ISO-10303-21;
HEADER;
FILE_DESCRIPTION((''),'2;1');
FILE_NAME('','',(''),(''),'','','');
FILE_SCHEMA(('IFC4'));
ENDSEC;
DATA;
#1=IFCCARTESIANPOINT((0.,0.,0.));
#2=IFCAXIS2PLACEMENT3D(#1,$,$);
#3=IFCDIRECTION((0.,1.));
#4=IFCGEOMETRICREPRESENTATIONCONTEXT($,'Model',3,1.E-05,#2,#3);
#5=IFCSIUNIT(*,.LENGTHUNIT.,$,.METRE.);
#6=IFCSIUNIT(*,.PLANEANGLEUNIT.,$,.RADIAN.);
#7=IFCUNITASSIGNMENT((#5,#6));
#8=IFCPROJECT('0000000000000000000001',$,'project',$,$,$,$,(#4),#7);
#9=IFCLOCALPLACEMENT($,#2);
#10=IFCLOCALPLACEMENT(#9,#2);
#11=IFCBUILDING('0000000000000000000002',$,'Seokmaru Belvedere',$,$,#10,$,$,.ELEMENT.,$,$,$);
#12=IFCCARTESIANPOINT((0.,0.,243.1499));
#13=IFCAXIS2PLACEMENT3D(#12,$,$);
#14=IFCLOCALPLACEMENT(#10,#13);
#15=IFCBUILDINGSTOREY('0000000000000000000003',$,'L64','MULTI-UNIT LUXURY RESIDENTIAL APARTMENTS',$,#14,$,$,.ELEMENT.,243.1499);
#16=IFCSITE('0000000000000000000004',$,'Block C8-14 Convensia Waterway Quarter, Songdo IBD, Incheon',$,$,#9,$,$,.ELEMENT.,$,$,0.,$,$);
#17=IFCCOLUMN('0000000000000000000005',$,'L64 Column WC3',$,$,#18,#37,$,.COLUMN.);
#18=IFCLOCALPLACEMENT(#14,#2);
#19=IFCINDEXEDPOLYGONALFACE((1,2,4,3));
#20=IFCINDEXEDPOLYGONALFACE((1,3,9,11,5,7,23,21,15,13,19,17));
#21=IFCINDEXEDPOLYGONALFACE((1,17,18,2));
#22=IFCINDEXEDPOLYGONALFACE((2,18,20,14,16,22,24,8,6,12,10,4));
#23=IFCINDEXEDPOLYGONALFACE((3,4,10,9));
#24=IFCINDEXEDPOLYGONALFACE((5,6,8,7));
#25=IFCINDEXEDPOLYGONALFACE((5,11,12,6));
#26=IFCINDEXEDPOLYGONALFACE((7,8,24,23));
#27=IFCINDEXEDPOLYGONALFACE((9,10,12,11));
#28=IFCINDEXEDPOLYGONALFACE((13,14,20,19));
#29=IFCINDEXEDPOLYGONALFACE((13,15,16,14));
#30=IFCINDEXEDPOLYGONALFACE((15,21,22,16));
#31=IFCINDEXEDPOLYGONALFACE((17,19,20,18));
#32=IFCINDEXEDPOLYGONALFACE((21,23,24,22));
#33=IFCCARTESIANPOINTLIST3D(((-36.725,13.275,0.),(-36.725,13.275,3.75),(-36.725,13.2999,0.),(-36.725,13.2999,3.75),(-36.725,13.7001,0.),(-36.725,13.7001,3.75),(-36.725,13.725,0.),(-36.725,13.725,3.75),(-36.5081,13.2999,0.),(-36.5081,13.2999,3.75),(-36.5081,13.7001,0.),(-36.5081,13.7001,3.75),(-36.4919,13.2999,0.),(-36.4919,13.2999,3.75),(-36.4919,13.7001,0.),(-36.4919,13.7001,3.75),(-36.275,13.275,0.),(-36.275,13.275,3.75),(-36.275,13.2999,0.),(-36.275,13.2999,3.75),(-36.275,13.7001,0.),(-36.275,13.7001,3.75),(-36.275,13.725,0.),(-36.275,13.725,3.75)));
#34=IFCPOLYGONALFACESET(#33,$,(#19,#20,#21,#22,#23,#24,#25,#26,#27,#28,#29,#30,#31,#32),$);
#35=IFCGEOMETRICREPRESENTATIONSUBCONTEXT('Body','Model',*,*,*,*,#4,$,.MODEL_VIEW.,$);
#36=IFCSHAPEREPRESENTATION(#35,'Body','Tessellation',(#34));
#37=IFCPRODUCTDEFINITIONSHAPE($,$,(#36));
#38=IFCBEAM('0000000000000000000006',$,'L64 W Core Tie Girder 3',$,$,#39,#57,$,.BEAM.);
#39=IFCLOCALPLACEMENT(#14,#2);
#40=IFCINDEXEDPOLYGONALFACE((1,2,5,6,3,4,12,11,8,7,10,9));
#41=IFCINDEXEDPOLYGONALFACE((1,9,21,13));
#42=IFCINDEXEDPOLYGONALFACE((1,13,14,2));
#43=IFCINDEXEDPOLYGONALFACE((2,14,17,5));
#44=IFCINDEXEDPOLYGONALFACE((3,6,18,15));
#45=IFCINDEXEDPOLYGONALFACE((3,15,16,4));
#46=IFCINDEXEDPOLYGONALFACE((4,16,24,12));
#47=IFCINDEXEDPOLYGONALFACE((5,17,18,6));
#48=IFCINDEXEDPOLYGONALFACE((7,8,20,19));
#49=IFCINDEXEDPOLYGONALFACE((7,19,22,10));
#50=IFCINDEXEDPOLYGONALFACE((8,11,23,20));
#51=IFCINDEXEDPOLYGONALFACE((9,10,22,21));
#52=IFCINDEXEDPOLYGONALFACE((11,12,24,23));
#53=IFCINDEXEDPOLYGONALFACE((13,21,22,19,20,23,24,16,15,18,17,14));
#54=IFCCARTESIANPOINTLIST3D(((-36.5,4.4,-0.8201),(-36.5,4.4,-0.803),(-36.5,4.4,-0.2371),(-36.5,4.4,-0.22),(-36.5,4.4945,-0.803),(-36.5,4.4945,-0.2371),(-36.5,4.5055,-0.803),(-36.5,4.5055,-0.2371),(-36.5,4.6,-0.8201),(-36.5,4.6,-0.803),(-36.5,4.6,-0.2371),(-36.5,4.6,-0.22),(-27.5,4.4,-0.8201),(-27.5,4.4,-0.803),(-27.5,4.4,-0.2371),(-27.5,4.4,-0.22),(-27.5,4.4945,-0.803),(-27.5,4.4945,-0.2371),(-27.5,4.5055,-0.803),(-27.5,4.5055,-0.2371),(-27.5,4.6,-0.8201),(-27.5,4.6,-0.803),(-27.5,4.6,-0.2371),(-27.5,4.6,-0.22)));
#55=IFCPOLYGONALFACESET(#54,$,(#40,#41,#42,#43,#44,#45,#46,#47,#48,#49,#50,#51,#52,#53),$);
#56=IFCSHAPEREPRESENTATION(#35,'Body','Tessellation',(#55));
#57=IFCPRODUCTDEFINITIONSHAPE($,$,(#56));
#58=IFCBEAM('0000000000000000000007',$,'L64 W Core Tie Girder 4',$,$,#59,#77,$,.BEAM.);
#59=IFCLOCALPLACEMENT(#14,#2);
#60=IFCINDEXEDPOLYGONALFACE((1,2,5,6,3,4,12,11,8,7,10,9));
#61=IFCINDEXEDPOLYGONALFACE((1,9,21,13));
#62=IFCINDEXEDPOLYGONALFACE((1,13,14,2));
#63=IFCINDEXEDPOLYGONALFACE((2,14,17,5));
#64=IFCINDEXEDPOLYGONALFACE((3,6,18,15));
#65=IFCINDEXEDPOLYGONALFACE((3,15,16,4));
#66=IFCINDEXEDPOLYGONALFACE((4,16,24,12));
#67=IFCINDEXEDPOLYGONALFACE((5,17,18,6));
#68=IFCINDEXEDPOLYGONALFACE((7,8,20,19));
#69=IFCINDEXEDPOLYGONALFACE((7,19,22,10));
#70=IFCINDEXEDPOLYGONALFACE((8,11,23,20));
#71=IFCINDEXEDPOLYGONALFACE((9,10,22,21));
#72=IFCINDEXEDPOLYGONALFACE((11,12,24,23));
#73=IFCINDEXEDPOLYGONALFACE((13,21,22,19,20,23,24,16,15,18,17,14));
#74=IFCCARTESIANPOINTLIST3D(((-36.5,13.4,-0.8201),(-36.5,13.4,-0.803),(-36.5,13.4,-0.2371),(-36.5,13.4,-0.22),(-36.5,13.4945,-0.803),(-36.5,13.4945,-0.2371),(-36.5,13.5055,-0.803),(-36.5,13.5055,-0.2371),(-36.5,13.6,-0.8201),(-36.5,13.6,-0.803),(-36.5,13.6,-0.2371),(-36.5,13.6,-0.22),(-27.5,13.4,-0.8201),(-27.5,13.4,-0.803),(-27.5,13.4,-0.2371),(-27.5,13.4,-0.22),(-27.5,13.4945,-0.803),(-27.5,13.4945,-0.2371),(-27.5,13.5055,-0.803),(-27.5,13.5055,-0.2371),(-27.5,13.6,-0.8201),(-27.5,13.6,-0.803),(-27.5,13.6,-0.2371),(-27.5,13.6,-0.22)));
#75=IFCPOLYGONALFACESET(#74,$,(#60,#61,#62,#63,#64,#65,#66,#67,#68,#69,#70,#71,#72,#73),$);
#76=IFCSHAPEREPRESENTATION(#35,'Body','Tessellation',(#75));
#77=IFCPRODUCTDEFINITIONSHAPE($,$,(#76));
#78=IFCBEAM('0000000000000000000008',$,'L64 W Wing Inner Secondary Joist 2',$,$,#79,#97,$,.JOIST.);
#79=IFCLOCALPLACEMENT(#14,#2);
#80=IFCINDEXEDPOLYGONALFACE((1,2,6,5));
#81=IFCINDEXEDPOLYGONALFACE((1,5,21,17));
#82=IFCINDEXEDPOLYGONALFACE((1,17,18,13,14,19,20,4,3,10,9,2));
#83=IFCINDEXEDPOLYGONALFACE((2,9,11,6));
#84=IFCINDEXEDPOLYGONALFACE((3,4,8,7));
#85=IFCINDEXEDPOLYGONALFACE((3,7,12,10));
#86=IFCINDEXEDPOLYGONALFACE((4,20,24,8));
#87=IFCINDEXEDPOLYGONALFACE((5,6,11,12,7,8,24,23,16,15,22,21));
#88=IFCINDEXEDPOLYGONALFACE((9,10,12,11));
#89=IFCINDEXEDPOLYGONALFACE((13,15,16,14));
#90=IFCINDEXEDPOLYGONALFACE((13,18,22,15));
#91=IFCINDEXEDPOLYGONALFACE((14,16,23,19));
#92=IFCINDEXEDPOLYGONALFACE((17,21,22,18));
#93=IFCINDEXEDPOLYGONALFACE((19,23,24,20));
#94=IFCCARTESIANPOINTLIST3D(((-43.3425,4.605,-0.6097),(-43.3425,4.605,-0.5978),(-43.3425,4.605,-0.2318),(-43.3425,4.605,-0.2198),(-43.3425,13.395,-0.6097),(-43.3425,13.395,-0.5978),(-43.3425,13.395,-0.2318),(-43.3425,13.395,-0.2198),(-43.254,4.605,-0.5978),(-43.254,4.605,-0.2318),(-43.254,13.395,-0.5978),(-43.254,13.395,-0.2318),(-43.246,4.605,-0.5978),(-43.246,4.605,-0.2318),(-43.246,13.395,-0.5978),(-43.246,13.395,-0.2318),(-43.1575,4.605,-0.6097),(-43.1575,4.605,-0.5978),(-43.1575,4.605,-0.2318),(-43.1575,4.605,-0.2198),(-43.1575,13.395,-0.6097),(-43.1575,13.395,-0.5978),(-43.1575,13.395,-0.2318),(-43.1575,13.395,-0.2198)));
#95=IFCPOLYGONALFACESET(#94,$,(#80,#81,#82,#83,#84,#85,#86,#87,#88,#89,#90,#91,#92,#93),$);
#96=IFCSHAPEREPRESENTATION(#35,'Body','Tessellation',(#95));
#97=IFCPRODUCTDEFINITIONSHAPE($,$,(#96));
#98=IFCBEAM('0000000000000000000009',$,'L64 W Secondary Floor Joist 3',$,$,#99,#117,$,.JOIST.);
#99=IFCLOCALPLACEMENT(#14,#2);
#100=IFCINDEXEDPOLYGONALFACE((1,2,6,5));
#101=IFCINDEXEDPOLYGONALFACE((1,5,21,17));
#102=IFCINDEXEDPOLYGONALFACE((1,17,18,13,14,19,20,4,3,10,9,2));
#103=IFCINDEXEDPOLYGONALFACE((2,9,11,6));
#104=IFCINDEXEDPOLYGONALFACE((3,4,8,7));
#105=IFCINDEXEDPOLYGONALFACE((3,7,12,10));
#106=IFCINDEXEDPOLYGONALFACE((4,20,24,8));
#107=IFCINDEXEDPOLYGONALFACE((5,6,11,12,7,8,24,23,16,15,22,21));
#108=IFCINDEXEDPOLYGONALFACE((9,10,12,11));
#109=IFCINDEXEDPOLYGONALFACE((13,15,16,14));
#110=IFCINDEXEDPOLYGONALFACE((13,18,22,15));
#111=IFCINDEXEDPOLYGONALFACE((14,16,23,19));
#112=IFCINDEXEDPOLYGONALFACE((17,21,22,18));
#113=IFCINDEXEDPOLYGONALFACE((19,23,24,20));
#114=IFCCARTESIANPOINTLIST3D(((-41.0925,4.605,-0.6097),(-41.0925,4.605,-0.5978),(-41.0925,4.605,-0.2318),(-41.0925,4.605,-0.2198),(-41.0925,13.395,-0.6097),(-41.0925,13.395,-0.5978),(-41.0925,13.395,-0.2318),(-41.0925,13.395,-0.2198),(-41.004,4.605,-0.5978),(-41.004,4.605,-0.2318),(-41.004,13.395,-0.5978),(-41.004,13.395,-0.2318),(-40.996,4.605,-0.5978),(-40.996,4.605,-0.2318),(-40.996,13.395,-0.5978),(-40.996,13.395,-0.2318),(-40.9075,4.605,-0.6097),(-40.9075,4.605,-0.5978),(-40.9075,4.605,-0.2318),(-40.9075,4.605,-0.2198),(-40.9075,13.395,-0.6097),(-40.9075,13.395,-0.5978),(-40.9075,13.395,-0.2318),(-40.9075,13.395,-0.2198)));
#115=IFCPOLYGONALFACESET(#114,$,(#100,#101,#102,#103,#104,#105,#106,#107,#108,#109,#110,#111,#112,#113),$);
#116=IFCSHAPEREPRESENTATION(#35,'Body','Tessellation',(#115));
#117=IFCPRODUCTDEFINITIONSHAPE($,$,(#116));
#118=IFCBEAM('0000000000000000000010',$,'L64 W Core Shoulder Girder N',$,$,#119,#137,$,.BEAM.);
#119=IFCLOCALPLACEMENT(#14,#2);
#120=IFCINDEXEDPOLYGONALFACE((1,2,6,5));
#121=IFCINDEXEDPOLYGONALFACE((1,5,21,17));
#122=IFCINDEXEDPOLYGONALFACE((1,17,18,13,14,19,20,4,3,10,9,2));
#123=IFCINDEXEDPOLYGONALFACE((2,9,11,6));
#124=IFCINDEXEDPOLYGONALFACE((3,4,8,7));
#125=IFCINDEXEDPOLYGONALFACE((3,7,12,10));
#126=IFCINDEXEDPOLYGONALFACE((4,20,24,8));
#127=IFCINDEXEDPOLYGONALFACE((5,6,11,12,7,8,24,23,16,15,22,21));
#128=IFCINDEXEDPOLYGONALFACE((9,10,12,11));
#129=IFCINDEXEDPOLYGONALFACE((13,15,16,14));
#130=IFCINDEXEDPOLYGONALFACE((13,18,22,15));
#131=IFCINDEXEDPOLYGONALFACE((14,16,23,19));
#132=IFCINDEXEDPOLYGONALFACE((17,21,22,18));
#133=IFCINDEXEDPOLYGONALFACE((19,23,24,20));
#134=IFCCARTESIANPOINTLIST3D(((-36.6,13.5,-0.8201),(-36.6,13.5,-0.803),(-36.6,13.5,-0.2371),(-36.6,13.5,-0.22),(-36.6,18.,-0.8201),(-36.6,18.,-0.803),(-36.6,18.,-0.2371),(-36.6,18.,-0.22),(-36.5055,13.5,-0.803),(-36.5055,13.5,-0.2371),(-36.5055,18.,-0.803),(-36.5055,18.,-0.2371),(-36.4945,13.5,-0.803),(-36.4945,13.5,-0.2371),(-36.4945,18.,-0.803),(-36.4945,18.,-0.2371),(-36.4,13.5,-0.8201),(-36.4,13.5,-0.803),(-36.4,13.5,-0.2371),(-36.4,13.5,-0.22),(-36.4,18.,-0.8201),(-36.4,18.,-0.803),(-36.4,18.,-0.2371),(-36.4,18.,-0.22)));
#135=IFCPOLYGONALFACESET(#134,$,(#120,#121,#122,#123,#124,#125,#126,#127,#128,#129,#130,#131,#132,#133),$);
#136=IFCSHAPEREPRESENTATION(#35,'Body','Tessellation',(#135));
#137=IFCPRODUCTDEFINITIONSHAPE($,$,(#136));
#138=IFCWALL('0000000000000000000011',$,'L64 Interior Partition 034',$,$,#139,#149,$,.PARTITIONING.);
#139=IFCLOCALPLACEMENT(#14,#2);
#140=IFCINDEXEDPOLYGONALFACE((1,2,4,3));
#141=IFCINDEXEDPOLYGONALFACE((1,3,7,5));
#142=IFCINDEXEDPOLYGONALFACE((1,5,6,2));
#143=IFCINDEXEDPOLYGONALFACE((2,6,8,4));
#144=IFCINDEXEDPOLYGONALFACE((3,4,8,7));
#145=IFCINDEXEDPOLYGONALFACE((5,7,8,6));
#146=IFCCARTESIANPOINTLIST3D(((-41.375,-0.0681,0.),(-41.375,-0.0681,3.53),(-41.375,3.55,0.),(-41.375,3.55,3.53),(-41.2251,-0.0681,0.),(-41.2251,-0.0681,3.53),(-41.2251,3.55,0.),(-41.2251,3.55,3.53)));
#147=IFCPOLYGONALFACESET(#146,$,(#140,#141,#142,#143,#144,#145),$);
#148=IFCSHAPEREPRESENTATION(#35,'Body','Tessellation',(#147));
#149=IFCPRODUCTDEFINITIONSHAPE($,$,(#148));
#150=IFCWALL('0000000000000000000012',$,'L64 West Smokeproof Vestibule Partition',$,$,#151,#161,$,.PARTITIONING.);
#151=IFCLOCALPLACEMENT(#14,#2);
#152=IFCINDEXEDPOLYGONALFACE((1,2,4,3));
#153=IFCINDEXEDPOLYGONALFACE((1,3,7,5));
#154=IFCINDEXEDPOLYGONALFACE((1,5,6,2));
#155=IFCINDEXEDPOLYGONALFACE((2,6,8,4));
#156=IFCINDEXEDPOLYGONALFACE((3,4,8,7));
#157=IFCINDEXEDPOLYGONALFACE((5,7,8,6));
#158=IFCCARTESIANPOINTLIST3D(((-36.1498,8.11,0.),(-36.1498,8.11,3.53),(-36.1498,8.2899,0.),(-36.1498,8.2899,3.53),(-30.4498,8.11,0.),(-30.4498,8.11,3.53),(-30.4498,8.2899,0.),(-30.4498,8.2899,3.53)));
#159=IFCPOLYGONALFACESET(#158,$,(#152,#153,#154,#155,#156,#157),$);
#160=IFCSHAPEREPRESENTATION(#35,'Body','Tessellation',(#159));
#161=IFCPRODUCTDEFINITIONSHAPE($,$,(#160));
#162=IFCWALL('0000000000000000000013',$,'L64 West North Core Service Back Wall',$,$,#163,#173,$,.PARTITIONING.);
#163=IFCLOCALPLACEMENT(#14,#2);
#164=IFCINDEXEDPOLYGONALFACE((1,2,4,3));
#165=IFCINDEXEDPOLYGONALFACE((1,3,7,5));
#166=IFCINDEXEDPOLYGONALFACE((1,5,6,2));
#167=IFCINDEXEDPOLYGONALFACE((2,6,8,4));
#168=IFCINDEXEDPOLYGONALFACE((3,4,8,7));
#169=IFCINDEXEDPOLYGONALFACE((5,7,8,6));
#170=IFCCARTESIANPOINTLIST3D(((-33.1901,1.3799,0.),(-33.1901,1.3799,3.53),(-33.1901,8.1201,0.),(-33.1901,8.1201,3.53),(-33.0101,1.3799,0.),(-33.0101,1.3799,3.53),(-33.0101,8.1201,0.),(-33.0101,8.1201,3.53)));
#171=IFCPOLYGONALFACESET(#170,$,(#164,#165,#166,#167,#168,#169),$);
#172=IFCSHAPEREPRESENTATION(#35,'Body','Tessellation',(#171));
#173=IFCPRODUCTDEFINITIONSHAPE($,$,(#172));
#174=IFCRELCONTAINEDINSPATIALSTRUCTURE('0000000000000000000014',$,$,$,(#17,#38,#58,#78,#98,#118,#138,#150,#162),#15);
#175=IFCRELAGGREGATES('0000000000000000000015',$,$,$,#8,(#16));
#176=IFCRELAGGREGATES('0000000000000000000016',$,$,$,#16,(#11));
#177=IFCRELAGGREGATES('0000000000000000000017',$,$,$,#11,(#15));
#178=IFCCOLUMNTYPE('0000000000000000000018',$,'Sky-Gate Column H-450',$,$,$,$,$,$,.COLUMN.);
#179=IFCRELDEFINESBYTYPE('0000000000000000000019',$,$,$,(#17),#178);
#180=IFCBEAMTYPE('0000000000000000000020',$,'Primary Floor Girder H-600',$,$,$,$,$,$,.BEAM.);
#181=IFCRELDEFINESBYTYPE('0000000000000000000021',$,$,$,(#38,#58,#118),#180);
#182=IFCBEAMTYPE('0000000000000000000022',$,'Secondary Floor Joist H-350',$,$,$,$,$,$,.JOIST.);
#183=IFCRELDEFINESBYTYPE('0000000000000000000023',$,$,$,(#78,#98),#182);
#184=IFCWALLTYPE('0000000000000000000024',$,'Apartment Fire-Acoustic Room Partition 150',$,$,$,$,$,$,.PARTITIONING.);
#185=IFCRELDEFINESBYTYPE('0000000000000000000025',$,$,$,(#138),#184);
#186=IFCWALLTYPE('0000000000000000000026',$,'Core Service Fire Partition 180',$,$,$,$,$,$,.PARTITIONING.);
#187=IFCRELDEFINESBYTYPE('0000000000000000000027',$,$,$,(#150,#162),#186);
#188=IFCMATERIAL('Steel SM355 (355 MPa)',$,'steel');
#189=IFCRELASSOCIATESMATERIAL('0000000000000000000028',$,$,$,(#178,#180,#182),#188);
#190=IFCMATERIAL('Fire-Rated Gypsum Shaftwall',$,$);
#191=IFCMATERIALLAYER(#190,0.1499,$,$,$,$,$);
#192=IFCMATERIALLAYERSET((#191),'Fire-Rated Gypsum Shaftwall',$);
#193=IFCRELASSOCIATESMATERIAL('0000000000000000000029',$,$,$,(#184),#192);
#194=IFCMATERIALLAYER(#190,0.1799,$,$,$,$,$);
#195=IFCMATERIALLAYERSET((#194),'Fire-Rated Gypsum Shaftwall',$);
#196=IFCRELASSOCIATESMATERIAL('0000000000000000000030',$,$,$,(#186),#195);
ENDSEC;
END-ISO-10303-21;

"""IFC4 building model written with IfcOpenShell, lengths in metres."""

from ifc_helpers import new_model, si_unit, direction, frame, frame_2d, origin, origin_2d, place, context, subcontext, project, spatial, rectangle, i_section, extrude, source, transform, mapped, material, layer, layer_set, material_profile, profile_set, type_object, type_shapes, element, save


model = new_model("IFC4")

# Units and contexts
model_context = context("Model", 3, precision=1e-05, world=origin(), true_north=direction((0.0, 1.0)))
body_context = subcontext(model_context, "Body", "Model", "MODEL_VIEW")
ifc_project = project(units=[si_unit("LENGTHUNIT", "METRE"), si_unit("PLANEANGLEUNIT", "RADIAN")], contexts=[model_context])

# Site, building, storey
site_placement = place(None, origin())
site = spatial("IfcSite", under=ifc_project, at=site_placement, Name="Block C8-14 Convensia Waterway Quarter, Songdo IBD, Incheon", CompositionType="ELEMENT", RefElevation=0.0)
building_placement = place(site_placement, origin())
building = spatial("IfcBuilding", under=site, at=building_placement, Name="Seokmaru Belvedere", CompositionType="ELEMENT")
storey_placement = place(building_placement, frame((0.0, 0.0, 243.1499)))
storey = spatial("IfcBuildingStorey", under=building, at=storey_placement, Name="L64", Description="MULTI-UNIT LUXURY RESIDENTIAL APARTMENTS", CompositionType="ELEMENT", Elevation=243.1499)

# Column
ifc_material_1 = material(Name="Steel SM355 (355 MPa)", Category="steel")
ifc_material_profile_1 = material_profile(ifc_material_1, i_section(OverallWidth=0.45, OverallDepth=0.45, WebThickness=0.0161, FlangeThickness=0.0249, at=origin_2d()), Name="H-450x450x16x25")
ifc_profile_set_1 = profile_set([ifc_material_profile_1], Name="Steel SM355 (355 MPa)")
column_type = type_object("IfcColumnType", Name="Sky-Gate Column H-450", PredefinedType="COLUMN", material=ifc_profile_set_1)
shared_shape_1 = source(origin(), body_context, "Body", "SweptSolid", [
    extrude(i_section(OverallWidth=0.45, OverallDepth=0.45, WebThickness=0.0161, FlangeThickness=0.0249, at=origin_2d()), origin(), (0.0, 0.0, 1.0), 3.75),
])
type_shapes(column_type, [shared_shape_1])
column_placement = place(storey_placement, frame((-36.5, 13.5, 0.0), z_axis=(0.0, 0.0, 1.0), x_axis=(1.0, 0.0, 0.0)))
element("IfcColumn", 1, at=column_placement, inside=storey, type_object=column_type, Name="L64 Column WC3", PredefinedType="COLUMN", context=body_context, shape_type="MappedRepresentation", body=[
    mapped(shared_shape_1, transform((0.0, 0.0, 0.0), scale=1.0)),
])

# Beams
ifc_material_profile_2 = material_profile(ifc_material_1, i_section(OverallWidth=0.2, OverallDepth=0.6001, WebThickness=0.011, FlangeThickness=0.0171, at=origin_2d()), Name="H-600x200x11x17")
ifc_profile_set_2 = profile_set([ifc_material_profile_2], Name="Steel SM355 (355 MPa)")
beam_type_1 = type_object("IfcBeamType", Name="Primary Floor Girder H-600", PredefinedType="BEAM", material=ifc_profile_set_2)
shared_shape_2 = source(origin(), body_context, "Body", "SweptSolid", [
    extrude(i_section(OverallWidth=0.2, OverallDepth=0.6001, WebThickness=0.011, FlangeThickness=0.0171, at=origin_2d()), origin(), (0.0, 0.0, 1.0), 9.0),
])
for number, where, z_axis, x_axis, name in (
    (2, (-36.5, 4.5, -0.52), (1.0, 0.0, 0.0), (0.0, 1.0, 0.0), "L64 W Core Tie Girder 3"),
    (3, (-36.5, 13.5, -0.52), (1.0, 0.0, 0.0), (0.0, 1.0, 0.0), "L64 W Core Tie Girder 4"),
):
    element("IfcBeam", number, at=place(storey_placement, frame(where, z_axis=z_axis, x_axis=x_axis)), inside=storey, type_object=beam_type_1, Name=name, PredefinedType="BEAM", context=body_context, shape_type="MappedRepresentation", body=[
        mapped(shared_shape_2, transform((0.0, 0.0, 0.0), scale=1.0)),
    ])
ifc_material_profile_3 = material_profile(ifc_material_1, i_section(OverallWidth=0.1851, OverallDepth=0.3899, WebThickness=0.0081, FlangeThickness=0.012, at=origin_2d()), Name="H-390x185x8x12")
ifc_profile_set_3 = profile_set([ifc_material_profile_3], Name="Steel SM355 (355 MPa)")
beam_type_2 = type_object("IfcBeamType", Name="Secondary Floor Joist H-350", PredefinedType="JOIST", material=ifc_profile_set_3)
shared_shape_3 = source(origin(), body_context, "Body", "SweptSolid", [
    extrude(i_section(OverallWidth=0.1851, OverallDepth=0.3899, WebThickness=0.0081, FlangeThickness=0.012, at=origin_2d()), origin(), (0.0, 0.0, 1.0), 8.79),
])
type_shapes(beam_type_2, [shared_shape_3])
for number, where, z_axis, x_axis, name in (
    (4, (-43.25, 4.605, -0.4148), (0.0, 1.0, 0.0), (-1.0, 0.0, 0.0), "L64 W Wing Inner Secondary Joist 2"),
    (5, (-41.0, 4.605, -0.4148), (0.0, 1.0, 0.0), (-1.0, 0.0, 0.0), "L64 W Secondary Floor Joist 3"),
):
    element("IfcBeam", number, at=place(storey_placement, frame(where, z_axis=z_axis, x_axis=x_axis)), inside=storey, type_object=beam_type_2, Name=name, PredefinedType="JOIST", context=body_context, shape_type="MappedRepresentation", body=[
        mapped(shared_shape_3, transform((0.0, 0.0, 0.0), scale=1.0)),
    ])
shared_shape_4 = source(origin(), body_context, "Body", "SweptSolid", [
    extrude(i_section(OverallWidth=0.2, OverallDepth=0.6001, WebThickness=0.011, FlangeThickness=0.0171, at=origin_2d()), origin(), (0.0, 0.0, 1.0), 4.5),
])
type_shapes(beam_type_1, [shared_shape_2, shared_shape_4])
beam_placement = place(storey_placement, frame((-36.5, 13.5, -0.52), z_axis=(0.0, 1.0, 0.0), x_axis=(-1.0, 0.0, 0.0)))
element("IfcBeam", 6, at=beam_placement, inside=storey, type_object=beam_type_1, Name="L64 W Core Shoulder Girder N", PredefinedType="BEAM", context=body_context, shape_type="MappedRepresentation", body=[
    mapped(shared_shape_4, transform((0.0, 0.0, 0.0), scale=1.0)),
])

# Shared definitions
ifc_material_2 = material(Name="Fire-Rated Gypsum Shaftwall")
ifc_layer_1 = layer(ifc_material_2, 0.1499)
ifc_layer_set_1 = layer_set([ifc_layer_1], Name="Fire-Rated Gypsum Shaftwall")
wall_type_1 = type_object("IfcWallType", Name="Apartment Fire-Acoustic Room Partition 150", PredefinedType="PARTITIONING", material=ifc_layer_set_1)

# Walls
wall_1_placement = place(storey_placement, frame((-41.3, -0.0681, 0.0), z_axis=(0.0, 0.0, 1.0), x_axis=(0.0, 1.0, 0.0)))
element("IfcWall", 7, at=wall_1_placement, inside=storey, type_object=wall_type_1, Name="L64 Interior Partition 034", PredefinedType="PARTITIONING", context=body_context, shape_type="SweptSolid", body=[
    extrude(rectangle(XDim=3.6182, YDim=0.1499, at=frame_2d((1.8091, 0.0))), origin(), (0.0, 0.0, 1.0), 3.53),
])
ifc_layer_2 = layer(ifc_material_2, 0.1799)
ifc_layer_set_2 = layer_set([ifc_layer_2], Name="Fire-Rated Gypsum Shaftwall")
wall_type_2 = type_object("IfcWallType", Name="Core Service Fire Partition 180", PredefinedType="PARTITIONING", material=ifc_layer_set_2)
wall_2_placement = place(storey_placement, frame((-36.1499, 8.2, 0.0), z_axis=(0.0, 0.0, 1.0), x_axis=(1.0, 0.0, 0.0)))
element("IfcWall", 8, at=wall_2_placement, inside=storey, type_object=wall_type_2, Name="L64 West Smokeproof Vestibule Partition", PredefinedType="PARTITIONING", context=body_context, shape_type="SweptSolid", body=[
    extrude(rectangle(XDim=5.7, YDim=0.1799, at=frame_2d((2.8501, 0.0))), origin(), (0.0, 0.0, 1.0), 3.53),
])
wall_3_placement = place(storey_placement, frame((-33.1001, 1.3799, 0.0), z_axis=(0.0, 0.0, 1.0), x_axis=(0.0, 1.0, 0.0)))
element("IfcWall", 9, at=wall_3_placement, inside=storey, type_object=wall_type_2, Name="L64 West North Core Service Back Wall", PredefinedType="PARTITIONING", context=body_context, shape_type="SweptSolid", body=[
    extrude(rectangle(XDim=6.7402, YDim=0.1799, at=frame_2d((3.3701, 0.0))), origin(), (0.0, 0.0, 1.0), 3.53),
])

save(model, "model.ifc")
